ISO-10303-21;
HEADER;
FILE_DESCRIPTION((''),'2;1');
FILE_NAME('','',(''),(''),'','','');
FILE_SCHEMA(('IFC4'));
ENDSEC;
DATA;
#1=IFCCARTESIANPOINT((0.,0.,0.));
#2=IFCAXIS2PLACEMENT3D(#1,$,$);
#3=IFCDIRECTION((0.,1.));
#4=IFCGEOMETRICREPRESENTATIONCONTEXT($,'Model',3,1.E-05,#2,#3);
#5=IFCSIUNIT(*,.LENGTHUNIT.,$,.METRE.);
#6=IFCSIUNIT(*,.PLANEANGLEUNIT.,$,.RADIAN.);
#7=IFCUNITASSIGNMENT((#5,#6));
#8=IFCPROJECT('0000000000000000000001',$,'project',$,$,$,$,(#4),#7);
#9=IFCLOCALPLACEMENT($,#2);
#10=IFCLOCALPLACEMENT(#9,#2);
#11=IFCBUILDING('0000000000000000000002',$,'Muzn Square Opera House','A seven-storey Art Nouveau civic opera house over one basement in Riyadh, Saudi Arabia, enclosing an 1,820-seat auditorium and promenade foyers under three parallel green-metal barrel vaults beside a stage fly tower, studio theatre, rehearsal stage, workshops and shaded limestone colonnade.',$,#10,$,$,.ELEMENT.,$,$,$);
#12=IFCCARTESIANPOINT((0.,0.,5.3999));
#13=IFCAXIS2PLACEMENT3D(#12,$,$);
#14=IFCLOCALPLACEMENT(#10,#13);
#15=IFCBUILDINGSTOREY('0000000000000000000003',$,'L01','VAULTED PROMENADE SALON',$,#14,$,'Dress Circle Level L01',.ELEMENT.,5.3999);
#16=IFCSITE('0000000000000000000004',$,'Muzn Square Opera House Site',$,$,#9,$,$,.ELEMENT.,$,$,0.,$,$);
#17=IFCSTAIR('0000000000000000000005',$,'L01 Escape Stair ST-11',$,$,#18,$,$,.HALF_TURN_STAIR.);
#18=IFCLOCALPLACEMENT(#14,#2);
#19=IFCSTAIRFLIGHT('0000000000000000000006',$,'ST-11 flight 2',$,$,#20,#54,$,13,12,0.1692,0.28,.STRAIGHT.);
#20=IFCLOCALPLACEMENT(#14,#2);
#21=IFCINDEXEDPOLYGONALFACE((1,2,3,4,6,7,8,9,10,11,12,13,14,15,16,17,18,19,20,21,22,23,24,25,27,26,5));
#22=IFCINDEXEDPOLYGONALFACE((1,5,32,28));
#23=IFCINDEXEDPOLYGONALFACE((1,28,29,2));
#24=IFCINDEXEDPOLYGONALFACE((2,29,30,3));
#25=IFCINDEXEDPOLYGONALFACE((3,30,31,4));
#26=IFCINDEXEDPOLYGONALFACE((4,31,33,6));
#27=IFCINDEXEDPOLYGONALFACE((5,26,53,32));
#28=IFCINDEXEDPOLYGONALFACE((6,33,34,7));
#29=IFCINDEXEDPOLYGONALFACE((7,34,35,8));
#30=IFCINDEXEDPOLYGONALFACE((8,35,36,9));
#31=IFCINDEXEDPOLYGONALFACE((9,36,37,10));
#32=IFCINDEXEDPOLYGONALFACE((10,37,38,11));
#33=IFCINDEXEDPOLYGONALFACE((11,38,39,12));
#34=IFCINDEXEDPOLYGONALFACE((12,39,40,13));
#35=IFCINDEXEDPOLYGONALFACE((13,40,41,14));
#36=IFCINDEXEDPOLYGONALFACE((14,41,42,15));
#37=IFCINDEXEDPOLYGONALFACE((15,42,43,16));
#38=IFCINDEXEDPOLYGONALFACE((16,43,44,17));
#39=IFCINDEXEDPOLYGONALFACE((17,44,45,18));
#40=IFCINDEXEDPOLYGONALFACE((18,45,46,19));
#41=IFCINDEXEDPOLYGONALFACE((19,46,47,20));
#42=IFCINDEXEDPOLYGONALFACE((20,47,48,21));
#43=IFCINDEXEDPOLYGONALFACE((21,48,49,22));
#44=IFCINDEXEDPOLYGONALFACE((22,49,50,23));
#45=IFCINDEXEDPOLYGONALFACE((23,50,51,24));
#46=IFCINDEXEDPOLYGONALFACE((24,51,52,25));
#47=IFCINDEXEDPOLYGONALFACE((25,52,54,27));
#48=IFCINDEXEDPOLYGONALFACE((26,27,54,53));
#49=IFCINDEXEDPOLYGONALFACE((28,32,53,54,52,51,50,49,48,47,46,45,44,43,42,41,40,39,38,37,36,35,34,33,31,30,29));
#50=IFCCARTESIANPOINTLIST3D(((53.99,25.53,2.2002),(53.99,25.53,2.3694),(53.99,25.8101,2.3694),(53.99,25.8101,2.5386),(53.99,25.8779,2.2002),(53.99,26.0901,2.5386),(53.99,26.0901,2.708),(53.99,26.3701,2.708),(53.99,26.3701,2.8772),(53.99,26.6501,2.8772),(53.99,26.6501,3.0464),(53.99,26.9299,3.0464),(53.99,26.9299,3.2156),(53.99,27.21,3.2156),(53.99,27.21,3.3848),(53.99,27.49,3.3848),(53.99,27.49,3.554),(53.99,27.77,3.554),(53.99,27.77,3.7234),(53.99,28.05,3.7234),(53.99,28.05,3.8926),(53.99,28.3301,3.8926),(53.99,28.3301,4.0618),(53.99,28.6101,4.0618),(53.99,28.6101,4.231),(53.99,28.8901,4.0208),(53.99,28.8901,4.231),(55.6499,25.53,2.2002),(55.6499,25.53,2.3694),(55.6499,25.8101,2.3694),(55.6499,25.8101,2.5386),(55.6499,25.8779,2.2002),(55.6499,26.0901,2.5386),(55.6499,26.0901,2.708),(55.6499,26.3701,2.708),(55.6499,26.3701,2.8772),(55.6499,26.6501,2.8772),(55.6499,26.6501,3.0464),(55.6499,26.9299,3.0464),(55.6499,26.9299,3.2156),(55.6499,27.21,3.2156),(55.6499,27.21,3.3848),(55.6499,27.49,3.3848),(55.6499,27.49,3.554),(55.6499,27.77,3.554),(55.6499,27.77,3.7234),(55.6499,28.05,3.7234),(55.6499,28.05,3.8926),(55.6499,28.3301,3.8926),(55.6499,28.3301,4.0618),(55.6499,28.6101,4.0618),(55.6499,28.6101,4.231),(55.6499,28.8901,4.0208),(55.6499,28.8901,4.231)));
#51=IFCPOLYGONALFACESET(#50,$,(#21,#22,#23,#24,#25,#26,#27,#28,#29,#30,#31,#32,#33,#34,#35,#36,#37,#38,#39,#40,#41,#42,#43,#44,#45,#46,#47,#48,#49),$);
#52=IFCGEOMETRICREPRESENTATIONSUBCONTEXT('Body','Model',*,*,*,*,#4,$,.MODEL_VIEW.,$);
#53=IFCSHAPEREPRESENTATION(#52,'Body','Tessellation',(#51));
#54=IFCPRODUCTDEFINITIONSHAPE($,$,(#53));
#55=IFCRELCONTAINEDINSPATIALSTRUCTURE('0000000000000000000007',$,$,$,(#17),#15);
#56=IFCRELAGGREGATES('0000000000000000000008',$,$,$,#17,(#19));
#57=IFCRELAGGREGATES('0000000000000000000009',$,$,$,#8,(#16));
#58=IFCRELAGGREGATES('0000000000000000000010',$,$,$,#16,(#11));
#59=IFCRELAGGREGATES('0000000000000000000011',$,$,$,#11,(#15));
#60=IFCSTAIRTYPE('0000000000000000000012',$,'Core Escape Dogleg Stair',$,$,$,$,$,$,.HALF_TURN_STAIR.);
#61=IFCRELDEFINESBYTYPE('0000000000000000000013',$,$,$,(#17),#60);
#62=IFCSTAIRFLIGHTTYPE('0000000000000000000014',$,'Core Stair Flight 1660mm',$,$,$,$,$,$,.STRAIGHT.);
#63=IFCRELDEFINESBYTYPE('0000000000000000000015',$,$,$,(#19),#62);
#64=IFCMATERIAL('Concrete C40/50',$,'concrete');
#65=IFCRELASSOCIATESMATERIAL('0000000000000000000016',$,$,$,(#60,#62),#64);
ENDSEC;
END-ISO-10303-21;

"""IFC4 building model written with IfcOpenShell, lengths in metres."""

from ifc_helpers import new_model, si_unit, direction, frame, origin, place, context, subcontext, project, spatial, polyline, outline, extrude, material, type_object, element, aggregate, save


model = new_model("IFC4")

# Units and contexts
model_context = context("Model", 3, precision=1e-05, world=origin(), true_north=direction((0.0, 1.0)))
body_context = subcontext(model_context, "Body", "Model", "MODEL_VIEW")
ifc_project = project(units=[si_unit("LENGTHUNIT", "METRE"), si_unit("PLANEANGLEUNIT", "RADIAN")], contexts=[model_context])

# Site, building, storey
site_placement = place(None, origin())
site = spatial("IfcSite", under=ifc_project, at=site_placement, Name="Muzn Square Opera House Site", CompositionType="ELEMENT", RefElevation=0.0)
building_placement = place(site_placement, origin())
building = spatial("IfcBuilding", under=site, at=building_placement, Name="Muzn Square Opera House", Description="A seven-storey Art Nouveau civic opera house over one basement in Riyadh, Saudi Arabia, enclosing an 1,820-seat auditorium and promenade foyers under three parallel green-metal barrel vaults beside a stage fly tower, studio theatre, rehearsal stage, workshops and shaded limestone colonnade.", CompositionType="ELEMENT")
storey_placement = place(building_placement, frame((0.0, 0.0, 5.3999)))
storey = spatial("IfcBuildingStorey", under=building, at=storey_placement, Name="L01", Description="VAULTED PROMENADE SALON", LongName="Dress Circle Level L01", CompositionType="ELEMENT", Elevation=5.3999)

# Shared definitions
ifc_material_1 = material(Name="Concrete C40/50", Category="concrete")

# Stair, stair flight
stair_type = type_object("IfcStairType", Name="Core Escape Dogleg Stair", PredefinedType="HALF_TURN_STAIR", material=ifc_material_1)
stair_flight_type = type_object("IfcStairFlightType", Name="Core Stair Flight 1660mm", PredefinedType="STRAIGHT", material=ifc_material_1)
stair_1_placement = place(storey_placement, origin())
stair_1 = element("IfcStair", 1, at=stair_1_placement, inside=storey, type_object=stair_type, Name="L01 Escape Stair ST-11", PredefinedType="HALF_TURN_STAIR")
stair_flight_1_placement = place(storey_placement, frame((54.8201, 25.53, 2.2002), z_axis=(0.0, 0.0, 1.0), x_axis=(0.0, 1.0, 0.0)))
stair_flight_1 = element("IfcStairFlight", 2, at=stair_flight_1_placement, type_object=stair_flight_type, Name="ST-11 flight 2", NumberOfRisers=13, NumberOfTreads=12, PredefinedType="STRAIGHT", RiserHeight=0.1692, TreadLength=0.28, context=body_context, shape_type="SweptSolid", body=[
    extrude(outline(polyline([(0.0, 0.0), (0.0, 0.1692), (0.28, 0.1692), (0.28, 0.3384), (0.5601, 0.3384), (0.5601, 0.5078), (0.8401, 0.5078), (0.8401, 0.677), (1.1201, 0.677), (1.1201, 0.8462), (1.3999, 0.8462), (1.3999, 1.0154), (1.6799, 1.0154), (1.6799, 1.1846), (1.96, 1.1846), (1.96, 1.3538), (2.24, 1.3538), (2.24, 1.5232), (2.52, 1.5232), (2.52, 1.6924), (2.8, 1.6924), (2.8, 1.8616), (3.0801, 1.8616), (3.0801, 2.0308), (3.3601, 2.0308), (3.3601, 2.2), (3.3601, 1.8206), (0.3479, 0.0), (0.0, 0.0)])), frame((0.0, 0.8301, 0.0), z_axis=(0.0, -1.0, 0.0), x_axis=(1.0, 0.0, 0.0)), (0.0, 0.0, 1.0), 1.6599),
])
aggregate(stair_1, [stair_flight_1])

save(model, "model.ifc")
